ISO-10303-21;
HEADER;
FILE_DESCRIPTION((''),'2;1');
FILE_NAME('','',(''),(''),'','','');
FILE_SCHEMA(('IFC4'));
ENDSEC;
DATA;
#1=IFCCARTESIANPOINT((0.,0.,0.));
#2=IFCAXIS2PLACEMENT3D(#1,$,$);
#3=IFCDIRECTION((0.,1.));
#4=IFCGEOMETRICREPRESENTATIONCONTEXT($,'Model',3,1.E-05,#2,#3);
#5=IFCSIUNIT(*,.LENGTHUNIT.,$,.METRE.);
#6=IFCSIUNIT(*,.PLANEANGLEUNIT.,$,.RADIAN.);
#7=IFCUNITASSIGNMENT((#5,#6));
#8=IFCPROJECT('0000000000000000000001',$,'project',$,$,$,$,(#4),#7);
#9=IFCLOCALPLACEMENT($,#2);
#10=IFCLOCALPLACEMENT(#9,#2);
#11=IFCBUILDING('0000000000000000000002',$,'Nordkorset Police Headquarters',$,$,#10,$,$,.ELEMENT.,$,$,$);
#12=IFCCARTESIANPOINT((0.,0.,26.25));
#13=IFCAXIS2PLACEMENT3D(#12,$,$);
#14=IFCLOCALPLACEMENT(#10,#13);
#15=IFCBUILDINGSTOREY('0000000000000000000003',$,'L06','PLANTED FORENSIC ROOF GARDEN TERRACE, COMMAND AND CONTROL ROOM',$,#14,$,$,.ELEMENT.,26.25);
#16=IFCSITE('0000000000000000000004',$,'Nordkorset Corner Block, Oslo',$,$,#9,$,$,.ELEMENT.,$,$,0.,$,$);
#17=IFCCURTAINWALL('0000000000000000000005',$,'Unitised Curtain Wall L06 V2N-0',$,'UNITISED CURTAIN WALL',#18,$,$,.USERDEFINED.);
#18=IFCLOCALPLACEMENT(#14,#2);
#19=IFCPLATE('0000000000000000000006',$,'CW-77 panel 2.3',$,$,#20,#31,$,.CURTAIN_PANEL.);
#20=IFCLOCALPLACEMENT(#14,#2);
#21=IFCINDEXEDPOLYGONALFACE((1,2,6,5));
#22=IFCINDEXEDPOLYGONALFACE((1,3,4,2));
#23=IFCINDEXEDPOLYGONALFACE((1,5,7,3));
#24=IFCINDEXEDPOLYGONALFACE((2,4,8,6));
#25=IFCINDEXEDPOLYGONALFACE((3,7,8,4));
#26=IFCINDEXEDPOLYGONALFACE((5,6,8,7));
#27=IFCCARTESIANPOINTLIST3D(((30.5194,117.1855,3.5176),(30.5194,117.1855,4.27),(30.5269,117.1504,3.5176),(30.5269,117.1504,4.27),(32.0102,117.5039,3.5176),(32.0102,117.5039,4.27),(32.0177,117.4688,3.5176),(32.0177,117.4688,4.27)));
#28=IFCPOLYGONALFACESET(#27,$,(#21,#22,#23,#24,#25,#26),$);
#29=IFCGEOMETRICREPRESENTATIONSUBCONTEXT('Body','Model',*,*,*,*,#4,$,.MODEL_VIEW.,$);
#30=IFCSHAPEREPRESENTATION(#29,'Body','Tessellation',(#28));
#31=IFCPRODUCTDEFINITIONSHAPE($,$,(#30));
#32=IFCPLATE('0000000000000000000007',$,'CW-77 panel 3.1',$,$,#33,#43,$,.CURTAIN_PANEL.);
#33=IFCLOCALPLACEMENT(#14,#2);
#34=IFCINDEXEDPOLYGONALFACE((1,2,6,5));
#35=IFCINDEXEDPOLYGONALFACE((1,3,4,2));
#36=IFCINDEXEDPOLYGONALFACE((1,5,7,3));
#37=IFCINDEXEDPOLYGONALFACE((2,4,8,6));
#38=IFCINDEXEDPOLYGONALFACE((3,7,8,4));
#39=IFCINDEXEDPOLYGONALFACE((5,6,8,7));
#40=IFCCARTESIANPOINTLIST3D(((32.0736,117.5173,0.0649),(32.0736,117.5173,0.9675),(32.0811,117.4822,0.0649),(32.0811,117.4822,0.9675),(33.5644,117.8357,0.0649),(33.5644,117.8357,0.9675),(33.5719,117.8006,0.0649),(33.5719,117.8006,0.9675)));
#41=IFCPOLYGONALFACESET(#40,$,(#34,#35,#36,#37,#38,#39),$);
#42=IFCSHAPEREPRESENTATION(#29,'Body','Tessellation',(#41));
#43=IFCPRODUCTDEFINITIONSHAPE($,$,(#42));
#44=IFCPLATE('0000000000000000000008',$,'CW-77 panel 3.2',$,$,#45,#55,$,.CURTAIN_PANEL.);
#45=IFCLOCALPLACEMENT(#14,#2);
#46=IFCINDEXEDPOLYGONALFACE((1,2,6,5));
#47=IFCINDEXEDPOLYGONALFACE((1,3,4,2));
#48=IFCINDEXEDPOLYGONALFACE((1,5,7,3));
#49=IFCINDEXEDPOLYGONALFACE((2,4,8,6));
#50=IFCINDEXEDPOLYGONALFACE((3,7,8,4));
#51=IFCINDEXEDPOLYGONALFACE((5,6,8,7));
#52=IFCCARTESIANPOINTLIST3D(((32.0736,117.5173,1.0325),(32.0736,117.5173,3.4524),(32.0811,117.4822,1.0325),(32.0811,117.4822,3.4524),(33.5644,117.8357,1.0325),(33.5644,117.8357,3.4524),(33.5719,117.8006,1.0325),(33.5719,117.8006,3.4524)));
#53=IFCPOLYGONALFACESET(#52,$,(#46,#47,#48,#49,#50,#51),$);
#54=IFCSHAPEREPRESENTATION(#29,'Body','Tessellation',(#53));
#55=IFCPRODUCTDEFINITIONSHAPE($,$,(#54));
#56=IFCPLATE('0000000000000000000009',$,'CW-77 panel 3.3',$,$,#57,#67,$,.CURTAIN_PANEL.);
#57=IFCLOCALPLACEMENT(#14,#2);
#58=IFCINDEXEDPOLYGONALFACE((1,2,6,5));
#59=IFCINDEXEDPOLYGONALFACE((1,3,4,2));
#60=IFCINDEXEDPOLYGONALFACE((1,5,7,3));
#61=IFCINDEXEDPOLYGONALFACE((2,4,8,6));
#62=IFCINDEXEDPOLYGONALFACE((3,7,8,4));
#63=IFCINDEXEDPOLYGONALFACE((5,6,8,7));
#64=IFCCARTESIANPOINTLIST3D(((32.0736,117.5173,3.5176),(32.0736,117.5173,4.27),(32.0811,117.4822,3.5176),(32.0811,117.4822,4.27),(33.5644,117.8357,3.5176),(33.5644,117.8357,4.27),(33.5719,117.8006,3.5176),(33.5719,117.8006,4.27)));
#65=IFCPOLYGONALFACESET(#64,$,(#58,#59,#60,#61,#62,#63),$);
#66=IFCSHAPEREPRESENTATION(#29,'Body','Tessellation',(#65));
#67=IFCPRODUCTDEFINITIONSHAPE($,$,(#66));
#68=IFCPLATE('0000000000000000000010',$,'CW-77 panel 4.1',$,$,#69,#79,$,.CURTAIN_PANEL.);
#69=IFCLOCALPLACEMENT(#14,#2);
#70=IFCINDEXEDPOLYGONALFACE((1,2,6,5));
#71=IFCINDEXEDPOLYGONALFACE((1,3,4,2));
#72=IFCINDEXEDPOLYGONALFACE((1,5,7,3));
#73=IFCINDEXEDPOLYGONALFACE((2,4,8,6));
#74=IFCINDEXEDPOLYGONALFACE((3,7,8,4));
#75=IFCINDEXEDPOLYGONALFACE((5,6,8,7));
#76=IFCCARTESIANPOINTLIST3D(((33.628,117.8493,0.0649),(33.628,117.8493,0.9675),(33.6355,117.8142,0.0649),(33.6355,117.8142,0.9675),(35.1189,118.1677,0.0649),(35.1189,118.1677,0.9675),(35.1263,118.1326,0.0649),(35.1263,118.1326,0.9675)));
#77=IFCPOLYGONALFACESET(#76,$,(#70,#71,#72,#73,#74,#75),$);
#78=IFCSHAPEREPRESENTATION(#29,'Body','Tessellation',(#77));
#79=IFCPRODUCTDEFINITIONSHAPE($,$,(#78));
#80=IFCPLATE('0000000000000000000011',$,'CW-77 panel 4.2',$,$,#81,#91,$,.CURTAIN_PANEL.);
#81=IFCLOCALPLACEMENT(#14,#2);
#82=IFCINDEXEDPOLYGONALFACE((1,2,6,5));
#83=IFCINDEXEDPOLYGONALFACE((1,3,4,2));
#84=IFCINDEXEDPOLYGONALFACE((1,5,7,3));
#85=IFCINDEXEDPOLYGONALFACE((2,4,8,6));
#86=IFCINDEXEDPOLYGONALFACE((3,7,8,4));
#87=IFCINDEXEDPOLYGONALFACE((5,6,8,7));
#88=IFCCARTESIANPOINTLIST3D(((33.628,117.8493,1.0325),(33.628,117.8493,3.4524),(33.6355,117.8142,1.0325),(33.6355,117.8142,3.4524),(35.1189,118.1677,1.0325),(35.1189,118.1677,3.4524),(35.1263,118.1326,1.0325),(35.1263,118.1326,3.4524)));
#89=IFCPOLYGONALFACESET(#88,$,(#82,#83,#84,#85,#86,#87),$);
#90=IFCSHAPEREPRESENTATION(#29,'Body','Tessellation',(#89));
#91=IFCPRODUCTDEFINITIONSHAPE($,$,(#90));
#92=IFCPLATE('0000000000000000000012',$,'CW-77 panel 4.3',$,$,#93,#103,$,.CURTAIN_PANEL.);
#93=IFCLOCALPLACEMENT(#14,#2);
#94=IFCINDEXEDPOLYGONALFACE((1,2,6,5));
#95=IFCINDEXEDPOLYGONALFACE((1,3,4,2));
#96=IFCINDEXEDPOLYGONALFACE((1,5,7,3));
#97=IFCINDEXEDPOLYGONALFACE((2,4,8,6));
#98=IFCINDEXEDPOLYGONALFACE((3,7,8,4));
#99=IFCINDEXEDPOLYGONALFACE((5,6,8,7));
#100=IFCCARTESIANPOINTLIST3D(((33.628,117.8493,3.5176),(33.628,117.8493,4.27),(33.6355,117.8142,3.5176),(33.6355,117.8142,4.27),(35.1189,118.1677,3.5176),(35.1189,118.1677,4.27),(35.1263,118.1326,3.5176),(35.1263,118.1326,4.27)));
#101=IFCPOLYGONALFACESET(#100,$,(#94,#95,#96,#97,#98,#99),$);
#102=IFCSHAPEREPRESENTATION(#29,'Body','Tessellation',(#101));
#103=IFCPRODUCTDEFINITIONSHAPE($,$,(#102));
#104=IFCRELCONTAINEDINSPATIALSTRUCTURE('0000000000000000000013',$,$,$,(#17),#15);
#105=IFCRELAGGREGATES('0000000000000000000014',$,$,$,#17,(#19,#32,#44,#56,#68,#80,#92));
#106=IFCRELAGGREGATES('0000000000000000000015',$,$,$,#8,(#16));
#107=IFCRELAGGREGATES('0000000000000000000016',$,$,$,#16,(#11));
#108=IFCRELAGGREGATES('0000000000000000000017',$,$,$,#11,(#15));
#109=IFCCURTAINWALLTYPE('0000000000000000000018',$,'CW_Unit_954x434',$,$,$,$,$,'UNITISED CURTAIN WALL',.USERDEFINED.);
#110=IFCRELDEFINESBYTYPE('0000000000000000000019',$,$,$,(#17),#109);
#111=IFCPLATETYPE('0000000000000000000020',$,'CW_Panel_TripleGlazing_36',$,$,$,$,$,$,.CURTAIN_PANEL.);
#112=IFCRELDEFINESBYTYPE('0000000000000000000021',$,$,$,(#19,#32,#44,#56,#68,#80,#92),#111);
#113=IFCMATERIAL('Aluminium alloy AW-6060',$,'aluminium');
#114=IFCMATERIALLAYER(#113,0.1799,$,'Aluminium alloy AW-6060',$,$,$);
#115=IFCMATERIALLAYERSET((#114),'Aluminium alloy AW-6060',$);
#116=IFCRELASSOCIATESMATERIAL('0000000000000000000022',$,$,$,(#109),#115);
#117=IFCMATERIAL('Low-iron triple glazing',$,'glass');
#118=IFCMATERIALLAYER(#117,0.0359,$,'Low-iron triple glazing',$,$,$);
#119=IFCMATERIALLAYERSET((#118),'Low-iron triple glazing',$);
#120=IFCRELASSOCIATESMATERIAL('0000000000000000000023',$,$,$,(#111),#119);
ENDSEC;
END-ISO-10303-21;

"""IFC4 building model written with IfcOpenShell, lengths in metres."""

from ifc_helpers import new_model, si_unit, direction, frame, origin, origin_2d, place, context, subcontext, project, spatial, rectangle, extrude, material, layer, layer_set, type_object, element, aggregate, save


model = new_model("IFC4")

# Units and contexts
model_context = context("Model", 3, precision=1e-05, world=origin(), true_north=direction((0.0, 1.0)))
body_context = subcontext(model_context, "Body", "Model", "MODEL_VIEW")
ifc_project = project(units=[si_unit("LENGTHUNIT", "METRE"), si_unit("PLANEANGLEUNIT", "RADIAN")], contexts=[model_context])

# Site, building, storey
site_placement = place(None, origin())
site = spatial("IfcSite", under=ifc_project, at=site_placement, Name="Nordkorset Corner Block, Oslo", CompositionType="ELEMENT", RefElevation=0.0)
building_placement = place(site_placement, origin())
building = spatial("IfcBuilding", under=site, at=building_placement, Name="Nordkorset Police Headquarters", CompositionType="ELEMENT")
storey_placement = place(building_placement, frame((0.0, 0.0, 26.25)))
storey = spatial("IfcBuildingStorey", under=building, at=storey_placement, Name="L06", Description="PLANTED FORENSIC ROOF GARDEN TERRACE, COMMAND AND CONTROL ROOM", CompositionType="ELEMENT", Elevation=26.25)

# Curtain wall, plates
ifc_material_1 = material(Name="Aluminium alloy AW-6060", Category="aluminium")
ifc_layer_1 = layer(ifc_material_1, 0.1799, Name="Aluminium alloy AW-6060")
ifc_layer_set_1 = layer_set([ifc_layer_1], Name="Aluminium alloy AW-6060")
curtain_wall_type = type_object("IfcCurtainWallType", Name="CW_Unit_954x434", ElementType="UNITISED CURTAIN WALL", PredefinedType="USERDEFINED", material=ifc_layer_set_1)
curtain_wall_placement = place(storey_placement, origin())
curtain_wall = element("IfcCurtainWall", 1, at=curtain_wall_placement, inside=storey, type_object=curtain_wall_type, Name="Unitised Curtain Wall L06 V2N-0", ObjectType="UNITISED CURTAIN WALL", PredefinedType="USERDEFINED")
ifc_material_2 = material(Name="Low-iron triple glazing", Category="glass")
ifc_layer_2 = layer(ifc_material_2, 0.0359, Name="Low-iron triple glazing")
ifc_layer_set_2 = layer_set([ifc_layer_2], Name="Low-iron triple glazing")
plate_type = type_object("IfcPlateType", Name="CW_Panel_TripleGlazing_36", PredefinedType="CURTAIN_PANEL", material=ifc_layer_set_2)
plate_1_placement = place(storey_placement, frame((31.2686, 117.3271, 3.5176), z_axis=(0.0, 0.0, 1.0), x_axis=(0.977951, 0.208833, 0.0)))
plate_1 = element("IfcPlate", 2, at=plate_1_placement, type_object=plate_type, Name="CW-77 panel 2.3", PredefinedType="CURTAIN_PANEL", context=body_context, shape_type="SweptSolid", body=[
    extrude(rectangle(XDim=1.5244, YDim=0.0359, at=origin_2d()), origin(), (0.0, 0.0, 1.0), 0.7524),
])
plate_2_placement = place(storey_placement, frame((32.8228, 117.6589, 0.0649), z_axis=(0.0, 0.0, 1.0), x_axis=(0.977951, 0.208833, 0.0)))
plate_2 = element("IfcPlate", 3, at=plate_2_placement, type_object=plate_type, Name="CW-77 panel 3.1", PredefinedType="CURTAIN_PANEL", context=body_context, shape_type="SweptSolid", body=[
    extrude(rectangle(XDim=1.5244, YDim=0.0359, at=origin_2d()), origin(), (0.0, 0.0, 1.0), 0.9026),
])
plate_3_placement = place(storey_placement, frame((32.8228, 117.6589, 1.0325), z_axis=(0.0, 0.0, 1.0), x_axis=(0.977951, 0.208833, 0.0)))
plate_3 = element("IfcPlate", 4, at=plate_3_placement, type_object=plate_type, Name="CW-77 panel 3.2", PredefinedType="CURTAIN_PANEL", context=body_context, shape_type="SweptSolid", body=[
    extrude(rectangle(XDim=1.5244, YDim=0.0359, at=origin_2d()), origin(), (0.0, 0.0, 1.0), 2.4199),
])
plate_4_placement = place(storey_placement, frame((32.8228, 117.6589, 3.5176), z_axis=(0.0, 0.0, 1.0), x_axis=(0.977951, 0.208833, 0.0)))
plate_4 = element("IfcPlate", 5, at=plate_4_placement, type_object=plate_type, Name="CW-77 panel 3.3", PredefinedType="CURTAIN_PANEL", context=body_context, shape_type="SweptSolid", body=[
    extrude(rectangle(XDim=1.5244, YDim=0.0359, at=origin_2d()), origin(), (0.0, 0.0, 1.0), 0.7524),
])
plate_5_placement = place(storey_placement, frame((34.3772, 117.991, 0.0649), z_axis=(0.0, 0.0, 1.0), x_axis=(0.977951, 0.208833, 0.0)))
plate_5 = element("IfcPlate", 6, at=plate_5_placement, type_object=plate_type, Name="CW-77 panel 4.1", PredefinedType="CURTAIN_PANEL", context=body_context, shape_type="SweptSolid", body=[
    extrude(rectangle(XDim=1.5244, YDim=0.0359, at=origin_2d()), origin(), (0.0, 0.0, 1.0), 0.9026),
])
plate_6_placement = place(storey_placement, frame((34.3772, 117.991, 1.0325), z_axis=(0.0, 0.0, 1.0), x_axis=(0.977951, 0.208833, 0.0)))
plate_6 = element("IfcPlate", 7, at=plate_6_placement, type_object=plate_type, Name="CW-77 panel 4.2", PredefinedType="CURTAIN_PANEL", context=body_context, shape_type="SweptSolid", body=[
    extrude(rectangle(XDim=1.5244, YDim=0.0359, at=origin_2d()), origin(), (0.0, 0.0, 1.0), 2.4199),
])
plate_7_placement = place(storey_placement, frame((34.3772, 117.991, 3.5176), z_axis=(0.0, 0.0, 1.0), x_axis=(0.977951, 0.208833, 0.0)))
plate_7 = element("IfcPlate", 8, at=plate_7_placement, type_object=plate_type, Name="CW-77 panel 4.3", PredefinedType="CURTAIN_PANEL", context=body_context, shape_type="SweptSolid", body=[
    extrude(rectangle(XDim=1.5244, YDim=0.0359, at=origin_2d()), origin(), (0.0, 0.0, 1.0), 0.7524),
])
aggregate(curtain_wall, [plate_1, plate_2, plate_3, plate_4, plate_5, plate_6, plate_7])

save(model, "model.ifc")
